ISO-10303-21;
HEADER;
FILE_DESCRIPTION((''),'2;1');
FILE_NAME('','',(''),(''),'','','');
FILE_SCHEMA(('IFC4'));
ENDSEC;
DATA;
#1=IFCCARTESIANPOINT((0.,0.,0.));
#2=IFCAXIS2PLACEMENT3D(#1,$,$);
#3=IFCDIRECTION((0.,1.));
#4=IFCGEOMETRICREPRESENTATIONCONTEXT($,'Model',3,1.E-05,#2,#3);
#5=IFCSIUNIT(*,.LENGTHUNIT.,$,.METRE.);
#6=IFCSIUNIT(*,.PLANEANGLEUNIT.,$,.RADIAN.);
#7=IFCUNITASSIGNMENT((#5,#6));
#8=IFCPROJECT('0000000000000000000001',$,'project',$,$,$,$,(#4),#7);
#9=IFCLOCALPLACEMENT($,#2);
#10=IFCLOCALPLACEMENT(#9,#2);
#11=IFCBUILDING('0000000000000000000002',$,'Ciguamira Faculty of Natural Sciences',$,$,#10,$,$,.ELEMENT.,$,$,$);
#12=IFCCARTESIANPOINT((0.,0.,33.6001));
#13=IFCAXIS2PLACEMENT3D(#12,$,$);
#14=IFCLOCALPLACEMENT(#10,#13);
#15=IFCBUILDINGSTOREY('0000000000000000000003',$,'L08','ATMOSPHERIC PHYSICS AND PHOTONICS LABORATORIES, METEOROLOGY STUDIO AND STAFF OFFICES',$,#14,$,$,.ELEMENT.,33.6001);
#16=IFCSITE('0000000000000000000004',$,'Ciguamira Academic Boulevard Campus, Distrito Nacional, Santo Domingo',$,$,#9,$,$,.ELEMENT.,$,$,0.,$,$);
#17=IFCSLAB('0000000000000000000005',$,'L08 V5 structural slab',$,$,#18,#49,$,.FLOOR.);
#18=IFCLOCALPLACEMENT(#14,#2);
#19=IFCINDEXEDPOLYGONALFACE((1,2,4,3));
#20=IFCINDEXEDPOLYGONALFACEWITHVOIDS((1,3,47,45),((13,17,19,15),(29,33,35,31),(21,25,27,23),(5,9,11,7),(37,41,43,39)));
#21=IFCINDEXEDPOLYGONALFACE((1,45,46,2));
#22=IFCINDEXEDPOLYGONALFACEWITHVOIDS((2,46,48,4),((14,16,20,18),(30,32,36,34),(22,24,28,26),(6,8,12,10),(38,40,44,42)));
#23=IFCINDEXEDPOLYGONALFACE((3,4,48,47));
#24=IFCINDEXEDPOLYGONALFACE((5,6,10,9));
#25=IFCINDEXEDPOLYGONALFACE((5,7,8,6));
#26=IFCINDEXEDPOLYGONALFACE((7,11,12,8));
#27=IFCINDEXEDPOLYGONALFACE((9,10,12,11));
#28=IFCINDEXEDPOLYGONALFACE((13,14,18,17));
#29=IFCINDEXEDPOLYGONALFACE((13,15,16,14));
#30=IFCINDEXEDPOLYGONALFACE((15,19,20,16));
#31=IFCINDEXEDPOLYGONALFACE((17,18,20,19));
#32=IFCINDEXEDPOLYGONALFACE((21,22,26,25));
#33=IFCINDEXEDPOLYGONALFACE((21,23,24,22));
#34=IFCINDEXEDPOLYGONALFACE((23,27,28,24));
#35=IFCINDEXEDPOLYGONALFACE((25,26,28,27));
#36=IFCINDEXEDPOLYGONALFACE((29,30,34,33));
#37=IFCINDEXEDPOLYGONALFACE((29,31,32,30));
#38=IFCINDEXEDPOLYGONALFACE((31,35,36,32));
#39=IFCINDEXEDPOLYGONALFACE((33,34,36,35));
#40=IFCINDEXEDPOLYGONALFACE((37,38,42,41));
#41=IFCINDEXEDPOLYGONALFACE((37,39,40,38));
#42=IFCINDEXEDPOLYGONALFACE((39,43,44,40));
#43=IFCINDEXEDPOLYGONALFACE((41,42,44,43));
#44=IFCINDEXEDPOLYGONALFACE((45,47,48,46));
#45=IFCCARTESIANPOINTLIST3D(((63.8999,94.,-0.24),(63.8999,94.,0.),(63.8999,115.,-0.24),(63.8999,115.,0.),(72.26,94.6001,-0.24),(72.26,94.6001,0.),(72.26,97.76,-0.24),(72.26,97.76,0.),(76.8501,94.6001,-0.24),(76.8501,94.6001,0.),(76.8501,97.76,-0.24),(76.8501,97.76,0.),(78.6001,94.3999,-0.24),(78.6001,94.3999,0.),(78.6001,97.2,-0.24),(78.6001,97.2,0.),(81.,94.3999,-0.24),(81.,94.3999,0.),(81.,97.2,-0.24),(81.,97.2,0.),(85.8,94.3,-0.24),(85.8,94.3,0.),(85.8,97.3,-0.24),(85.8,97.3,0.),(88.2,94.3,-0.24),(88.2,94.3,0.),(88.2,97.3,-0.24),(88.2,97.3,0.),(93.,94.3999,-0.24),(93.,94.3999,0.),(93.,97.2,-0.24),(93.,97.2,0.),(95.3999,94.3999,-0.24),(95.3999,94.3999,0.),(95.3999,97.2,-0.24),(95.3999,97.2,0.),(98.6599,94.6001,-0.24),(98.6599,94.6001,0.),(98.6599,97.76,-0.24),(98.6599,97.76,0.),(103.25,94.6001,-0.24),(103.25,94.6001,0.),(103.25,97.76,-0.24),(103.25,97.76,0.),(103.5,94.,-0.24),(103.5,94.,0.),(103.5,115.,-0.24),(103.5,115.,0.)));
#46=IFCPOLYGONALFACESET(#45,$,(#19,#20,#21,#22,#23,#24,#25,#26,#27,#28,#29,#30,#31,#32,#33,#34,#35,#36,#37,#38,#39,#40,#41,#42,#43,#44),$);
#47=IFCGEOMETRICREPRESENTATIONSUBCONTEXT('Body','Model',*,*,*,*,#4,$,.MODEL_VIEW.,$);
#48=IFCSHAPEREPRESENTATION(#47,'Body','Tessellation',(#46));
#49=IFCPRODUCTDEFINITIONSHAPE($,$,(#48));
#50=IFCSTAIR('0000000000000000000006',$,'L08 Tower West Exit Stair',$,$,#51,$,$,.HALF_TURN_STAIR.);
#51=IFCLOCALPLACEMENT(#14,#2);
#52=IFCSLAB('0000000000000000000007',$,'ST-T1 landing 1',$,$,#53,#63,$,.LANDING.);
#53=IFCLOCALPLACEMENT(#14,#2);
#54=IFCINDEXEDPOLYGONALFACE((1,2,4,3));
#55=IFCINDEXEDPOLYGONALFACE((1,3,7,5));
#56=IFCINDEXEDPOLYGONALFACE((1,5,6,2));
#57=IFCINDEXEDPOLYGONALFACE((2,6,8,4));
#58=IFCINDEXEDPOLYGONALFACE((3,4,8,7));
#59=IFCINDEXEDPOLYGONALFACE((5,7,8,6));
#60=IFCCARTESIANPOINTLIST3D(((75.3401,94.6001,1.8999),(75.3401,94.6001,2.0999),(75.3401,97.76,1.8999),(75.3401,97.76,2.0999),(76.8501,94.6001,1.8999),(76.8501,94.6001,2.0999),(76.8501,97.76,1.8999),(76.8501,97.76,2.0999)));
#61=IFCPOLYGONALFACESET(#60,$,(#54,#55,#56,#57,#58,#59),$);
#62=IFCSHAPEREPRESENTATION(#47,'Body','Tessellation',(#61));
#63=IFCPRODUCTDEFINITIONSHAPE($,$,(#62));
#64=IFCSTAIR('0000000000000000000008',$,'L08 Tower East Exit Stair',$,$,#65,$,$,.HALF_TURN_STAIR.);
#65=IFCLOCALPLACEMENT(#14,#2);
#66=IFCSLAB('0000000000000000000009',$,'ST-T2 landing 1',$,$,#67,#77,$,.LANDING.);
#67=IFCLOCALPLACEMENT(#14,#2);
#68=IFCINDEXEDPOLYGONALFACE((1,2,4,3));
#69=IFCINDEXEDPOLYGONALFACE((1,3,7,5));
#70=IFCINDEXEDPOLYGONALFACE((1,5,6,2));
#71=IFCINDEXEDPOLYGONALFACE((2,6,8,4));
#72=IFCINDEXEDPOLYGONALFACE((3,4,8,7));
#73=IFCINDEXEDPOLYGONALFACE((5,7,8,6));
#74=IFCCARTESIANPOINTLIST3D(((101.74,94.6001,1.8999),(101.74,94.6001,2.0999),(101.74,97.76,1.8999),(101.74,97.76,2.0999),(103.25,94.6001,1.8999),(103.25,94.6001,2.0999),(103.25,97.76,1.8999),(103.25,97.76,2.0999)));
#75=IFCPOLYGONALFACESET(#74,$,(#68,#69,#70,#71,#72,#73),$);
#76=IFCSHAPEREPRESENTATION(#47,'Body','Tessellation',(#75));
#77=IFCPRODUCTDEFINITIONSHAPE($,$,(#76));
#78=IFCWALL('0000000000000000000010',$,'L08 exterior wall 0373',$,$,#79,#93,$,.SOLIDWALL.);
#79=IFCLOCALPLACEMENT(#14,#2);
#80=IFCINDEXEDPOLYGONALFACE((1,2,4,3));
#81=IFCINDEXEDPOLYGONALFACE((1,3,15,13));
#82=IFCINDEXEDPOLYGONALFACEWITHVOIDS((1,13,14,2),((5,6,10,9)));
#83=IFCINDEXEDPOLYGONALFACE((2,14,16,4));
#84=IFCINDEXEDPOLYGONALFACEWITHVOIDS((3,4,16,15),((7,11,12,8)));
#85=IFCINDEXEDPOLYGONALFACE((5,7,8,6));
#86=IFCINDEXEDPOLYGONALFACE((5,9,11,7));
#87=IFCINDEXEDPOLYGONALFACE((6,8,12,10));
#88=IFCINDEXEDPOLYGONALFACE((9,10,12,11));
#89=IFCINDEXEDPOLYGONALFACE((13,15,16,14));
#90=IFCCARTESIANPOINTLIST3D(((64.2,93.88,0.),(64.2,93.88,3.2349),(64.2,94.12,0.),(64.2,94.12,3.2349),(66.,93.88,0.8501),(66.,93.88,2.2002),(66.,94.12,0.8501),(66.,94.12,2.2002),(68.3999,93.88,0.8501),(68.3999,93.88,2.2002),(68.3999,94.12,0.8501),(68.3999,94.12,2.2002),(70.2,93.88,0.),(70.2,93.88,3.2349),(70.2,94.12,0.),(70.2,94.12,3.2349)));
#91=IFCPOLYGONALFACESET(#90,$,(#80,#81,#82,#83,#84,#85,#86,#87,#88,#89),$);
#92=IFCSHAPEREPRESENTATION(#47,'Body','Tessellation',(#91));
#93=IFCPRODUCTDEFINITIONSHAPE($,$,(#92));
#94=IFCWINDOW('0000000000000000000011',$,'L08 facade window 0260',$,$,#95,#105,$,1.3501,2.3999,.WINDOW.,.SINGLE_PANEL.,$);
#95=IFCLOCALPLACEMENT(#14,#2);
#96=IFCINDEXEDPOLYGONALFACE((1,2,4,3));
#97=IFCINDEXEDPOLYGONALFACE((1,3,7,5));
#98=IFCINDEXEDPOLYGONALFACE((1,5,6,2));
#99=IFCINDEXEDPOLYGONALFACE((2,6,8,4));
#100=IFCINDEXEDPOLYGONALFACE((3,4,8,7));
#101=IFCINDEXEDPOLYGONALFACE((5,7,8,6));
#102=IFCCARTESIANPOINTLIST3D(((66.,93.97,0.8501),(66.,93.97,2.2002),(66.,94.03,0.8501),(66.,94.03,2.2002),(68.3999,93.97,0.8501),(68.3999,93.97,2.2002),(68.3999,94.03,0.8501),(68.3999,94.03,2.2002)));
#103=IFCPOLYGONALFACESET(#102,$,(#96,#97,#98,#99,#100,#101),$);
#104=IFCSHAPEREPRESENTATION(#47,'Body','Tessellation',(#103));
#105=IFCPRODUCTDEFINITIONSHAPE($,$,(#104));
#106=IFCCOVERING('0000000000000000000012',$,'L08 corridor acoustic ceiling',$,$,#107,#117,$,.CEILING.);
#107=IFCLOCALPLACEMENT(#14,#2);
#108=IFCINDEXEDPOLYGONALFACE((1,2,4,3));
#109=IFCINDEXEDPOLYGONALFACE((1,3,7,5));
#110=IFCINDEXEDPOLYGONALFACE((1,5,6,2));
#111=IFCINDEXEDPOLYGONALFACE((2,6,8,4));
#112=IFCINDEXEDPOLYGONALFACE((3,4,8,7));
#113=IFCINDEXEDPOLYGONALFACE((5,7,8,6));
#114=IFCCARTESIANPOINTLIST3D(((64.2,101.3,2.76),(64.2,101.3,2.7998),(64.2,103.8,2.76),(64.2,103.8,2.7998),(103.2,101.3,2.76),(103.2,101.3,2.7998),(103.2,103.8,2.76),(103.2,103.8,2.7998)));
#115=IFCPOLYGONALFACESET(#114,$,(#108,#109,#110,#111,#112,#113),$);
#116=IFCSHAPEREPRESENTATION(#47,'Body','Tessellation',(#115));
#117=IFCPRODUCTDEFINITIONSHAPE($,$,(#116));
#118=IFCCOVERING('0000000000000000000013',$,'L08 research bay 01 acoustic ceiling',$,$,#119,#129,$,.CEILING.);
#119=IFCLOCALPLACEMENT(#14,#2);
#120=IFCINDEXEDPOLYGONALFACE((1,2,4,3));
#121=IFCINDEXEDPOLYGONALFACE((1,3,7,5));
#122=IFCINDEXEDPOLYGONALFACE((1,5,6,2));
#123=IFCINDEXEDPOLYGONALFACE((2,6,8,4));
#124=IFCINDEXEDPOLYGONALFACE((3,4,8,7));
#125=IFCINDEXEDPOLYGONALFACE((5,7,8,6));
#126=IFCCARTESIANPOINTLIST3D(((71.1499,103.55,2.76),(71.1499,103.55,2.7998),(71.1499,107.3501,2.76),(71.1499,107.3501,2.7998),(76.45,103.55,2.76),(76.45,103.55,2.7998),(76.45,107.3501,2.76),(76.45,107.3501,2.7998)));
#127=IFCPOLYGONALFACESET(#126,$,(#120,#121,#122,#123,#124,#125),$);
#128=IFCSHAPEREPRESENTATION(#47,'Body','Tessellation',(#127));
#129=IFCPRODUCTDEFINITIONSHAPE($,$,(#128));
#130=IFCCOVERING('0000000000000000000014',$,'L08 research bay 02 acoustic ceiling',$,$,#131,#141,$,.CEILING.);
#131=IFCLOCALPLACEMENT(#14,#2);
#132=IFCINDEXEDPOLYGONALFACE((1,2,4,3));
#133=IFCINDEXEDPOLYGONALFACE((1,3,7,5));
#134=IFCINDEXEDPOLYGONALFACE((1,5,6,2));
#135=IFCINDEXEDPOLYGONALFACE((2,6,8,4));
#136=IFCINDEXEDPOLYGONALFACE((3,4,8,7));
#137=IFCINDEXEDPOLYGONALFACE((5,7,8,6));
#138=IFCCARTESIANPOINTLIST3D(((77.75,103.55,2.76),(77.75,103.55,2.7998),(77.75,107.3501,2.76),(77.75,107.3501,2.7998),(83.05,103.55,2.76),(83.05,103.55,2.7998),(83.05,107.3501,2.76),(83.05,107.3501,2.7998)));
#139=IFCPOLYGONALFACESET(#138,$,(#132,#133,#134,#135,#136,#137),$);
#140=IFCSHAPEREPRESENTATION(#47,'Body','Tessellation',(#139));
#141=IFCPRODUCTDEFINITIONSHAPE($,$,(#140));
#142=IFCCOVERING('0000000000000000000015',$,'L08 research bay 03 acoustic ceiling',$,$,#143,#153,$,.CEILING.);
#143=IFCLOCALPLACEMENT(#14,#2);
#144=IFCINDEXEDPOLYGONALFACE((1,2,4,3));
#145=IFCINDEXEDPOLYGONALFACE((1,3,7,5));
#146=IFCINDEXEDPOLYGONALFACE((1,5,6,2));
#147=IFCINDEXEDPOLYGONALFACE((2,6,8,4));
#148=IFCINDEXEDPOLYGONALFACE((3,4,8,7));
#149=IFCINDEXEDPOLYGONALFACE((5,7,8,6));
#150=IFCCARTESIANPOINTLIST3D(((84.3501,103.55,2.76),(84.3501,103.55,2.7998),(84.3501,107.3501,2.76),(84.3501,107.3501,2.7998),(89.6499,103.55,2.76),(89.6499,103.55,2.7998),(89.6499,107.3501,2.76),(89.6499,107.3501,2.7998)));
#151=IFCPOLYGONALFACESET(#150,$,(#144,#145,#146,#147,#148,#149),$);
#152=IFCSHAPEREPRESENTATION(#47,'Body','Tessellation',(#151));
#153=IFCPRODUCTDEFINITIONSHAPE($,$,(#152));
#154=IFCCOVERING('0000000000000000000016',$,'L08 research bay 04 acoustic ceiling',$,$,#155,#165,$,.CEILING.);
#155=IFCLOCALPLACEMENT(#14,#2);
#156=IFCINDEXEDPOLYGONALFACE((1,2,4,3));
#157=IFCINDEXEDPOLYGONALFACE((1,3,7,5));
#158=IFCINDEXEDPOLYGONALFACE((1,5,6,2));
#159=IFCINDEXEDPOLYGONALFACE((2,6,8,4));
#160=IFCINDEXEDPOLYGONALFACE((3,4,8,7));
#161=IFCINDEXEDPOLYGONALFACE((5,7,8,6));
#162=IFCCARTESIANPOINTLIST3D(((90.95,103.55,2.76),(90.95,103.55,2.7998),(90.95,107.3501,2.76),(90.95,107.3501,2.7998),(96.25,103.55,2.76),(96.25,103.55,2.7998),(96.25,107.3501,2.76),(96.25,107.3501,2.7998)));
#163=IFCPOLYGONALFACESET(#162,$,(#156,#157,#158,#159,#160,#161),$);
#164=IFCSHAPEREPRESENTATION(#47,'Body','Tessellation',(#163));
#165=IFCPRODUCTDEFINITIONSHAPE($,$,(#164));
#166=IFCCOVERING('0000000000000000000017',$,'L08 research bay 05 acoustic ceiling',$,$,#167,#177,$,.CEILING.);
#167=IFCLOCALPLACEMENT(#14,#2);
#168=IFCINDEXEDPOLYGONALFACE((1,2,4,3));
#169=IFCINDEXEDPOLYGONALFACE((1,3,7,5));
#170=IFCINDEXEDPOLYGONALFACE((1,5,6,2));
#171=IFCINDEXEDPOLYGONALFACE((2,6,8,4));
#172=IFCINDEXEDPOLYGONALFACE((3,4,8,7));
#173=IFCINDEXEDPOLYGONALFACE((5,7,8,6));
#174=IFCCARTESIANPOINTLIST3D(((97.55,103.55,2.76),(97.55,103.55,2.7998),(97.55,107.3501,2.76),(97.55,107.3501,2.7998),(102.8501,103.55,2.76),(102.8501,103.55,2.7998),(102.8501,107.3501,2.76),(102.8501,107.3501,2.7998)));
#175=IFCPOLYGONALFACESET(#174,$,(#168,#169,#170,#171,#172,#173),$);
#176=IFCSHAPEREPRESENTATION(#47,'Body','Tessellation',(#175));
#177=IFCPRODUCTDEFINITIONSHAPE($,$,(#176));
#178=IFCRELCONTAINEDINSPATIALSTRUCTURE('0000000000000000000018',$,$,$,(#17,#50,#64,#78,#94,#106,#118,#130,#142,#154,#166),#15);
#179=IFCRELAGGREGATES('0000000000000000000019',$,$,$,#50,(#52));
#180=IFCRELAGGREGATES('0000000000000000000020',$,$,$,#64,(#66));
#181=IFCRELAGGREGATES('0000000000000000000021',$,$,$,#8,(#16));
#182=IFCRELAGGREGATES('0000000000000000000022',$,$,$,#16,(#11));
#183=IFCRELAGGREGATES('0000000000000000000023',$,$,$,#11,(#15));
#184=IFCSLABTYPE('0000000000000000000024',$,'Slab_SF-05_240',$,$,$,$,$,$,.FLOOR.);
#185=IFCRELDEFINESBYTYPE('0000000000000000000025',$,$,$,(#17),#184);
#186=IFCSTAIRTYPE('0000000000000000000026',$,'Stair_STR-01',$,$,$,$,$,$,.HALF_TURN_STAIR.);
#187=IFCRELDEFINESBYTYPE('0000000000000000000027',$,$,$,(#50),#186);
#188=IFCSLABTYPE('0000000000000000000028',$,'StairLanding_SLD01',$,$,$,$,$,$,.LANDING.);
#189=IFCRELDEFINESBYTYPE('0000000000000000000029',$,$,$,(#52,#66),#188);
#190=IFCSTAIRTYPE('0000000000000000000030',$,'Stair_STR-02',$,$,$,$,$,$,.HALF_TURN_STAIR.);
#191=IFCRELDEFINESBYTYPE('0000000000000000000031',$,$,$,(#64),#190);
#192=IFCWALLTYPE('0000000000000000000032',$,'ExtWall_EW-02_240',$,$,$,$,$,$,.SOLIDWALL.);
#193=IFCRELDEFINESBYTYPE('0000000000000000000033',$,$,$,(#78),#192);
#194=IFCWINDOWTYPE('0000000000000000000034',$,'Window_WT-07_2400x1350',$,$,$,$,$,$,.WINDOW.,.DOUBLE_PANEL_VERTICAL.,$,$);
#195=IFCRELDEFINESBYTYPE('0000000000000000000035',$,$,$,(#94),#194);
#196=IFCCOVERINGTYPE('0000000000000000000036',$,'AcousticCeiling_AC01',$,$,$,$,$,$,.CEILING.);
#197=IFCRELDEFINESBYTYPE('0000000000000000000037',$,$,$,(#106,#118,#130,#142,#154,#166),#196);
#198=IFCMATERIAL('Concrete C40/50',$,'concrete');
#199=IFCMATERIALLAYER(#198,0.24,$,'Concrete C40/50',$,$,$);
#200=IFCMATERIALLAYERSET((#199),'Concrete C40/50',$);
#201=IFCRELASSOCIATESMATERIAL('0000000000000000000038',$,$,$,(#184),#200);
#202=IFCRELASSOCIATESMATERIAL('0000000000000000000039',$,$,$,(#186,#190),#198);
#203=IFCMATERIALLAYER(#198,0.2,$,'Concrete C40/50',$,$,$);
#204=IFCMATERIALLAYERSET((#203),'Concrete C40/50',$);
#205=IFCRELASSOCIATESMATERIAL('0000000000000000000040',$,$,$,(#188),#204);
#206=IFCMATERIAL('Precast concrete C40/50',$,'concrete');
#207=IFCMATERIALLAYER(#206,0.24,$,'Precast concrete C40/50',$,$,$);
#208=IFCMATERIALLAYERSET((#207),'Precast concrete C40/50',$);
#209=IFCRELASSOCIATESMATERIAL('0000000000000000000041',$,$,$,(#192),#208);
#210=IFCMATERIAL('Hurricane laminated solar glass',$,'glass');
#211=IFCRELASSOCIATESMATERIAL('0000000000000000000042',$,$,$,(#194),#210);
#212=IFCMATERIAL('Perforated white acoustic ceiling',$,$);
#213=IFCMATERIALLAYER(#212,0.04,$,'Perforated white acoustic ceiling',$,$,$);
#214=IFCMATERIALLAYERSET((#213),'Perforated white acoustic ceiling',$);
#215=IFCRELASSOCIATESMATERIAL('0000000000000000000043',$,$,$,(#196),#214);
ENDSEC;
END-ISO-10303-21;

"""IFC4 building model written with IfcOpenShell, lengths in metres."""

from ifc_helpers import new_model, si_unit, direction, frame, frame_2d, origin, place, context, subcontext, project, spatial, polyline, rectangle, outline, extrude, material, layer, layer_set, type_object, element, fill, aggregate, save


model = new_model("IFC4")

# Units and contexts
model_context = context("Model", 3, precision=1e-05, world=origin(), true_north=direction((0.0, 1.0)))
body_context = subcontext(model_context, "Body", "Model", "MODEL_VIEW")
ifc_project = project(units=[si_unit("LENGTHUNIT", "METRE"), si_unit("PLANEANGLEUNIT", "RADIAN")], contexts=[model_context])

# Site, building, storey
site_placement = place(None, origin())
site = spatial("IfcSite", under=ifc_project, at=site_placement, Name="Ciguamira Academic Boulevard Campus, Distrito Nacional, Santo Domingo", CompositionType="ELEMENT", RefElevation=0.0)
building_placement = place(site_placement, origin())
building = spatial("IfcBuilding", under=site, at=building_placement, Name="Ciguamira Faculty of Natural Sciences", CompositionType="ELEMENT")
storey_placement = place(building_placement, frame((0.0, 0.0, 33.6001)))
storey = spatial("IfcBuildingStorey", under=building, at=storey_placement, Name="L08", Description="ATMOSPHERIC PHYSICS AND PHOTONICS LABORATORIES, METEOROLOGY STUDIO AND STAFF OFFICES", CompositionType="ELEMENT", Elevation=33.6001)

# Shared definitions
ifc_material_1 = material(Name="Concrete C40/50", Category="concrete")

# Slab
ifc_layer_1 = layer(ifc_material_1, 0.24, Name="Concrete C40/50")
ifc_layer_set_1 = layer_set([ifc_layer_1], Name="Concrete C40/50")
slab_type_1 = type_object("IfcSlabType", Name="Slab_SF-05_240", PredefinedType="FLOOR", material=ifc_layer_set_1)
slab_1_placement = place(storey_placement, frame((0.0, 0.0, -0.24)))
element("IfcSlab", 1, at=slab_1_placement, inside=storey, type_object=slab_type_1, Name="L08 V5 structural slab", PredefinedType="FLOOR", context=body_context, shape_type="SweptSolid", body=[
    extrude(outline(polyline([(63.8999, 94.0), (103.5, 94.0), (103.5, 115.0), (63.8999, 115.0), (63.8999, 94.0)]), holes=[polyline([(72.26, 94.6001), (76.8501, 94.6001), (76.8501, 97.76), (72.26, 97.76), (72.26, 94.6001)]), polyline([(98.6599, 94.6001), (103.25, 94.6001), (103.25, 97.76), (98.6599, 97.76), (98.6599, 94.6001)]), polyline([(78.6001, 94.3999), (81.0, 94.3999), (81.0, 97.2), (78.6001, 97.2), (78.6001, 94.3999)]), polyline([(93.0, 94.3999), (95.3999, 94.3999), (95.3999, 97.2), (93.0, 97.2), (93.0, 94.3999)]), polyline([(85.8, 94.3), (88.2, 94.3), (88.2, 97.3), (85.8, 97.3), (85.8, 94.3)])]), origin(), (0.0, 0.0, 1.0), 0.24),
])

# Stairs, slabs
stair_type_1 = type_object("IfcStairType", Name="Stair_STR-01", PredefinedType="HALF_TURN_STAIR", material=ifc_material_1)
stair_1_placement = place(storey_placement, origin())
stair_1 = element("IfcStair", 2, at=stair_1_placement, inside=storey, type_object=stair_type_1, Name="L08 Tower West Exit Stair", PredefinedType="HALF_TURN_STAIR")
ifc_layer_2 = layer(ifc_material_1, 0.2, Name="Concrete C40/50")
ifc_layer_set_2 = layer_set([ifc_layer_2], Name="Concrete C40/50")
slab_type_2 = type_object("IfcSlabType", Name="StairLanding_SLD01", PredefinedType="LANDING", material=ifc_layer_set_2)
slab_2_placement = place(storey_placement, frame((0.0, 0.0, 1.8999)))
slab_2 = element("IfcSlab", 3, at=slab_2_placement, type_object=slab_type_2, Name="ST-T1 landing 1", PredefinedType="LANDING", context=body_context, shape_type="SweptSolid", body=[
    extrude(outline(polyline([(75.3401, 94.6001), (76.8501, 94.6001), (76.8501, 97.76), (75.3401, 97.76), (75.3401, 94.6001)])), origin(), (0.0, 0.0, 1.0), 0.2),
])
aggregate(stair_1, [slab_2])
stair_type_2 = type_object("IfcStairType", Name="Stair_STR-02", PredefinedType="HALF_TURN_STAIR", material=ifc_material_1)
stair_2_placement = place(storey_placement, origin())
stair_2 = element("IfcStair", 4, at=stair_2_placement, inside=storey, type_object=stair_type_2, Name="L08 Tower East Exit Stair", PredefinedType="HALF_TURN_STAIR")
slab_3_placement = place(storey_placement, frame((0.0, 0.0, 1.8999)))
slab_3 = element("IfcSlab", 5, at=slab_3_placement, type_object=slab_type_2, Name="ST-T2 landing 1", PredefinedType="LANDING", context=body_context, shape_type="SweptSolid", body=[
    extrude(outline(polyline([(101.74, 94.6001), (103.25, 94.6001), (103.25, 97.76), (101.74, 97.76), (101.74, 94.6001)])), origin(), (0.0, 0.0, 1.0), 0.2),
])
aggregate(stair_2, [slab_3])

# Wall, opening, window
ifc_material_2 = material(Name="Precast concrete C40/50", Category="concrete")
ifc_layer_3 = layer(ifc_material_2, 0.24, Name="Precast concrete C40/50")
ifc_layer_set_3 = layer_set([ifc_layer_3], Name="Precast concrete C40/50")
wall_type = type_object("IfcWallType", Name="ExtWall_EW-02_240", PredefinedType="SOLIDWALL", material=ifc_layer_set_3)
wall_placement = place(storey_placement, frame((64.2, 94.0, 0.0), z_axis=(0.0, 0.0, 1.0), x_axis=(1.0, 0.0, 0.0)))
wall = element("IfcWall", 6, at=wall_placement, inside=storey, type_object=wall_type, Name="L08 exterior wall 0373", PredefinedType="SOLIDWALL", context=body_context, shape_type="SweptSolid", body=[
    extrude(rectangle(XDim=6.0, YDim=0.24, at=frame_2d((3.0, 0.0))), origin(), (0.0, 0.0, 1.0), 3.2349),
])
opening_placement = place(wall_placement, frame((1.8, 0.0, 0.8501)))
opening = element("IfcOpeningElement", 7, at=opening_placement, cuts=wall, PredefinedType="OPENING", context=body_context, shape_type="SweptSolid", body=[
    extrude(rectangle(XDim=2.3999, YDim=1.3501, at=frame_2d((1.2, 0.675))), frame((0.0, 0.1299, 0.0), z_axis=(0.0, -1.0, 0.0), x_axis=(1.0, 0.0, 0.0)), (0.0, 0.0, 1.0), 0.26),
])
ifc_material_3 = material(Name="Hurricane laminated solar glass", Category="glass")
window_type = type_object("IfcWindowType", Name="Window_WT-07_2400x1350", PartitioningType="DOUBLE_PANEL_VERTICAL", PredefinedType="WINDOW", material=ifc_material_3)
window_placement = place(opening_placement, origin())
window = element("IfcWindow", 8, at=window_placement, inside=storey, type_object=window_type, Name="L08 facade window 0260", OverallHeight=1.3501, OverallWidth=2.3999, PartitioningType="SINGLE_PANEL", PredefinedType="WINDOW", context=body_context, shape_type="SweptSolid", body=[
    extrude(rectangle(XDim=2.3999, YDim=1.3501, at=frame_2d((1.2, 0.675))), frame((0.0, 0.03, 0.0), z_axis=(0.0, -1.0, 0.0), x_axis=(1.0, 0.0, 0.0)), (0.0, 0.0, 1.0), 0.0601),
])
fill(opening, window)

# Coverings
ifc_material_4 = material(Name="Perforated white acoustic ceiling")
ifc_layer_4 = layer(ifc_material_4, 0.04, Name="Perforated white acoustic ceiling")
ifc_layer_set_4 = layer_set([ifc_layer_4], Name="Perforated white acoustic ceiling")
covering_type = type_object("IfcCoveringType", Name="AcousticCeiling_AC01", PredefinedType="CEILING", material=ifc_layer_set_4)
covering_1_placement = place(storey_placement, frame((0.0, 0.0, 2.76)))
element("IfcCovering", 9, at=covering_1_placement, inside=storey, type_object=covering_type, Name="L08 corridor acoustic ceiling", PredefinedType="CEILING", context=body_context, shape_type="SweptSolid", body=[
    extrude(outline(polyline([(64.2, 101.3), (103.2, 101.3), (103.2, 103.8), (64.2, 103.8), (64.2, 101.3)])), origin(), (0.0, 0.0, 1.0), 0.0398),
])
covering_2_placement = place(storey_placement, frame((0.0, 0.0, 2.76)))
element("IfcCovering", 10, at=covering_2_placement, inside=storey, type_object=covering_type, Name="L08 research bay 01 acoustic ceiling", PredefinedType="CEILING", context=body_context, shape_type="SweptSolid", body=[
    extrude(outline(polyline([(71.1499, 103.55), (76.45, 103.55), (76.45, 107.3501), (71.1499, 107.3501), (71.1499, 103.55)])), origin(), (0.0, 0.0, 1.0), 0.0398),
])
covering_3_placement = place(storey_placement, frame((0.0, 0.0, 2.76)))
element("IfcCovering", 11, at=covering_3_placement, inside=storey, type_object=covering_type, Name="L08 research bay 02 acoustic ceiling", PredefinedType="CEILING", context=body_context, shape_type="SweptSolid", body=[
    extrude(outline(polyline([(77.75, 103.55), (83.05, 103.55), (83.05, 107.3501), (77.75, 107.3501), (77.75, 103.55)])), origin(), (0.0, 0.0, 1.0), 0.0398),
])
covering_4_placement = place(storey_placement, frame((0.0, 0.0, 2.76)))
element("IfcCovering", 12, at=covering_4_placement, inside=storey, type_object=covering_type, Name="L08 research bay 03 acoustic ceiling", PredefinedType="CEILING", context=body_context, shape_type="SweptSolid", body=[
    extrude(outline(polyline([(84.3501, 103.55), (89.6499, 103.55), (89.6499, 107.3501), (84.3501, 107.3501), (84.3501, 103.55)])), origin(), (0.0, 0.0, 1.0), 0.0398),
])
covering_5_placement = place(storey_placement, frame((0.0, 0.0, 2.76)))
element("IfcCovering", 13, at=covering_5_placement, inside=storey, type_object=covering_type, Name="L08 research bay 04 acoustic ceiling", PredefinedType="CEILING", context=body_context, shape_type="SweptSolid", body=[
    extrude(outline(polyline([(90.95, 103.55), (96.25, 103.55), (96.25, 107.3501), (90.95, 107.3501), (90.95, 103.55)])), origin(), (0.0, 0.0, 1.0), 0.0398),
])
covering_6_placement = place(storey_placement, frame((0.0, 0.0, 2.76)))
element("IfcCovering", 14, at=covering_6_placement, inside=storey, type_object=covering_type, Name="L08 research bay 05 acoustic ceiling", PredefinedType="CEILING", context=body_context, shape_type="SweptSolid", body=[
    extrude(outline(polyline([(97.55, 103.55), (102.8501, 103.55), (102.8501, 107.3501), (97.55, 107.3501), (97.55, 103.55)])), origin(), (0.0, 0.0, 1.0), 0.0398),
])

save(model, "model.ifc")
